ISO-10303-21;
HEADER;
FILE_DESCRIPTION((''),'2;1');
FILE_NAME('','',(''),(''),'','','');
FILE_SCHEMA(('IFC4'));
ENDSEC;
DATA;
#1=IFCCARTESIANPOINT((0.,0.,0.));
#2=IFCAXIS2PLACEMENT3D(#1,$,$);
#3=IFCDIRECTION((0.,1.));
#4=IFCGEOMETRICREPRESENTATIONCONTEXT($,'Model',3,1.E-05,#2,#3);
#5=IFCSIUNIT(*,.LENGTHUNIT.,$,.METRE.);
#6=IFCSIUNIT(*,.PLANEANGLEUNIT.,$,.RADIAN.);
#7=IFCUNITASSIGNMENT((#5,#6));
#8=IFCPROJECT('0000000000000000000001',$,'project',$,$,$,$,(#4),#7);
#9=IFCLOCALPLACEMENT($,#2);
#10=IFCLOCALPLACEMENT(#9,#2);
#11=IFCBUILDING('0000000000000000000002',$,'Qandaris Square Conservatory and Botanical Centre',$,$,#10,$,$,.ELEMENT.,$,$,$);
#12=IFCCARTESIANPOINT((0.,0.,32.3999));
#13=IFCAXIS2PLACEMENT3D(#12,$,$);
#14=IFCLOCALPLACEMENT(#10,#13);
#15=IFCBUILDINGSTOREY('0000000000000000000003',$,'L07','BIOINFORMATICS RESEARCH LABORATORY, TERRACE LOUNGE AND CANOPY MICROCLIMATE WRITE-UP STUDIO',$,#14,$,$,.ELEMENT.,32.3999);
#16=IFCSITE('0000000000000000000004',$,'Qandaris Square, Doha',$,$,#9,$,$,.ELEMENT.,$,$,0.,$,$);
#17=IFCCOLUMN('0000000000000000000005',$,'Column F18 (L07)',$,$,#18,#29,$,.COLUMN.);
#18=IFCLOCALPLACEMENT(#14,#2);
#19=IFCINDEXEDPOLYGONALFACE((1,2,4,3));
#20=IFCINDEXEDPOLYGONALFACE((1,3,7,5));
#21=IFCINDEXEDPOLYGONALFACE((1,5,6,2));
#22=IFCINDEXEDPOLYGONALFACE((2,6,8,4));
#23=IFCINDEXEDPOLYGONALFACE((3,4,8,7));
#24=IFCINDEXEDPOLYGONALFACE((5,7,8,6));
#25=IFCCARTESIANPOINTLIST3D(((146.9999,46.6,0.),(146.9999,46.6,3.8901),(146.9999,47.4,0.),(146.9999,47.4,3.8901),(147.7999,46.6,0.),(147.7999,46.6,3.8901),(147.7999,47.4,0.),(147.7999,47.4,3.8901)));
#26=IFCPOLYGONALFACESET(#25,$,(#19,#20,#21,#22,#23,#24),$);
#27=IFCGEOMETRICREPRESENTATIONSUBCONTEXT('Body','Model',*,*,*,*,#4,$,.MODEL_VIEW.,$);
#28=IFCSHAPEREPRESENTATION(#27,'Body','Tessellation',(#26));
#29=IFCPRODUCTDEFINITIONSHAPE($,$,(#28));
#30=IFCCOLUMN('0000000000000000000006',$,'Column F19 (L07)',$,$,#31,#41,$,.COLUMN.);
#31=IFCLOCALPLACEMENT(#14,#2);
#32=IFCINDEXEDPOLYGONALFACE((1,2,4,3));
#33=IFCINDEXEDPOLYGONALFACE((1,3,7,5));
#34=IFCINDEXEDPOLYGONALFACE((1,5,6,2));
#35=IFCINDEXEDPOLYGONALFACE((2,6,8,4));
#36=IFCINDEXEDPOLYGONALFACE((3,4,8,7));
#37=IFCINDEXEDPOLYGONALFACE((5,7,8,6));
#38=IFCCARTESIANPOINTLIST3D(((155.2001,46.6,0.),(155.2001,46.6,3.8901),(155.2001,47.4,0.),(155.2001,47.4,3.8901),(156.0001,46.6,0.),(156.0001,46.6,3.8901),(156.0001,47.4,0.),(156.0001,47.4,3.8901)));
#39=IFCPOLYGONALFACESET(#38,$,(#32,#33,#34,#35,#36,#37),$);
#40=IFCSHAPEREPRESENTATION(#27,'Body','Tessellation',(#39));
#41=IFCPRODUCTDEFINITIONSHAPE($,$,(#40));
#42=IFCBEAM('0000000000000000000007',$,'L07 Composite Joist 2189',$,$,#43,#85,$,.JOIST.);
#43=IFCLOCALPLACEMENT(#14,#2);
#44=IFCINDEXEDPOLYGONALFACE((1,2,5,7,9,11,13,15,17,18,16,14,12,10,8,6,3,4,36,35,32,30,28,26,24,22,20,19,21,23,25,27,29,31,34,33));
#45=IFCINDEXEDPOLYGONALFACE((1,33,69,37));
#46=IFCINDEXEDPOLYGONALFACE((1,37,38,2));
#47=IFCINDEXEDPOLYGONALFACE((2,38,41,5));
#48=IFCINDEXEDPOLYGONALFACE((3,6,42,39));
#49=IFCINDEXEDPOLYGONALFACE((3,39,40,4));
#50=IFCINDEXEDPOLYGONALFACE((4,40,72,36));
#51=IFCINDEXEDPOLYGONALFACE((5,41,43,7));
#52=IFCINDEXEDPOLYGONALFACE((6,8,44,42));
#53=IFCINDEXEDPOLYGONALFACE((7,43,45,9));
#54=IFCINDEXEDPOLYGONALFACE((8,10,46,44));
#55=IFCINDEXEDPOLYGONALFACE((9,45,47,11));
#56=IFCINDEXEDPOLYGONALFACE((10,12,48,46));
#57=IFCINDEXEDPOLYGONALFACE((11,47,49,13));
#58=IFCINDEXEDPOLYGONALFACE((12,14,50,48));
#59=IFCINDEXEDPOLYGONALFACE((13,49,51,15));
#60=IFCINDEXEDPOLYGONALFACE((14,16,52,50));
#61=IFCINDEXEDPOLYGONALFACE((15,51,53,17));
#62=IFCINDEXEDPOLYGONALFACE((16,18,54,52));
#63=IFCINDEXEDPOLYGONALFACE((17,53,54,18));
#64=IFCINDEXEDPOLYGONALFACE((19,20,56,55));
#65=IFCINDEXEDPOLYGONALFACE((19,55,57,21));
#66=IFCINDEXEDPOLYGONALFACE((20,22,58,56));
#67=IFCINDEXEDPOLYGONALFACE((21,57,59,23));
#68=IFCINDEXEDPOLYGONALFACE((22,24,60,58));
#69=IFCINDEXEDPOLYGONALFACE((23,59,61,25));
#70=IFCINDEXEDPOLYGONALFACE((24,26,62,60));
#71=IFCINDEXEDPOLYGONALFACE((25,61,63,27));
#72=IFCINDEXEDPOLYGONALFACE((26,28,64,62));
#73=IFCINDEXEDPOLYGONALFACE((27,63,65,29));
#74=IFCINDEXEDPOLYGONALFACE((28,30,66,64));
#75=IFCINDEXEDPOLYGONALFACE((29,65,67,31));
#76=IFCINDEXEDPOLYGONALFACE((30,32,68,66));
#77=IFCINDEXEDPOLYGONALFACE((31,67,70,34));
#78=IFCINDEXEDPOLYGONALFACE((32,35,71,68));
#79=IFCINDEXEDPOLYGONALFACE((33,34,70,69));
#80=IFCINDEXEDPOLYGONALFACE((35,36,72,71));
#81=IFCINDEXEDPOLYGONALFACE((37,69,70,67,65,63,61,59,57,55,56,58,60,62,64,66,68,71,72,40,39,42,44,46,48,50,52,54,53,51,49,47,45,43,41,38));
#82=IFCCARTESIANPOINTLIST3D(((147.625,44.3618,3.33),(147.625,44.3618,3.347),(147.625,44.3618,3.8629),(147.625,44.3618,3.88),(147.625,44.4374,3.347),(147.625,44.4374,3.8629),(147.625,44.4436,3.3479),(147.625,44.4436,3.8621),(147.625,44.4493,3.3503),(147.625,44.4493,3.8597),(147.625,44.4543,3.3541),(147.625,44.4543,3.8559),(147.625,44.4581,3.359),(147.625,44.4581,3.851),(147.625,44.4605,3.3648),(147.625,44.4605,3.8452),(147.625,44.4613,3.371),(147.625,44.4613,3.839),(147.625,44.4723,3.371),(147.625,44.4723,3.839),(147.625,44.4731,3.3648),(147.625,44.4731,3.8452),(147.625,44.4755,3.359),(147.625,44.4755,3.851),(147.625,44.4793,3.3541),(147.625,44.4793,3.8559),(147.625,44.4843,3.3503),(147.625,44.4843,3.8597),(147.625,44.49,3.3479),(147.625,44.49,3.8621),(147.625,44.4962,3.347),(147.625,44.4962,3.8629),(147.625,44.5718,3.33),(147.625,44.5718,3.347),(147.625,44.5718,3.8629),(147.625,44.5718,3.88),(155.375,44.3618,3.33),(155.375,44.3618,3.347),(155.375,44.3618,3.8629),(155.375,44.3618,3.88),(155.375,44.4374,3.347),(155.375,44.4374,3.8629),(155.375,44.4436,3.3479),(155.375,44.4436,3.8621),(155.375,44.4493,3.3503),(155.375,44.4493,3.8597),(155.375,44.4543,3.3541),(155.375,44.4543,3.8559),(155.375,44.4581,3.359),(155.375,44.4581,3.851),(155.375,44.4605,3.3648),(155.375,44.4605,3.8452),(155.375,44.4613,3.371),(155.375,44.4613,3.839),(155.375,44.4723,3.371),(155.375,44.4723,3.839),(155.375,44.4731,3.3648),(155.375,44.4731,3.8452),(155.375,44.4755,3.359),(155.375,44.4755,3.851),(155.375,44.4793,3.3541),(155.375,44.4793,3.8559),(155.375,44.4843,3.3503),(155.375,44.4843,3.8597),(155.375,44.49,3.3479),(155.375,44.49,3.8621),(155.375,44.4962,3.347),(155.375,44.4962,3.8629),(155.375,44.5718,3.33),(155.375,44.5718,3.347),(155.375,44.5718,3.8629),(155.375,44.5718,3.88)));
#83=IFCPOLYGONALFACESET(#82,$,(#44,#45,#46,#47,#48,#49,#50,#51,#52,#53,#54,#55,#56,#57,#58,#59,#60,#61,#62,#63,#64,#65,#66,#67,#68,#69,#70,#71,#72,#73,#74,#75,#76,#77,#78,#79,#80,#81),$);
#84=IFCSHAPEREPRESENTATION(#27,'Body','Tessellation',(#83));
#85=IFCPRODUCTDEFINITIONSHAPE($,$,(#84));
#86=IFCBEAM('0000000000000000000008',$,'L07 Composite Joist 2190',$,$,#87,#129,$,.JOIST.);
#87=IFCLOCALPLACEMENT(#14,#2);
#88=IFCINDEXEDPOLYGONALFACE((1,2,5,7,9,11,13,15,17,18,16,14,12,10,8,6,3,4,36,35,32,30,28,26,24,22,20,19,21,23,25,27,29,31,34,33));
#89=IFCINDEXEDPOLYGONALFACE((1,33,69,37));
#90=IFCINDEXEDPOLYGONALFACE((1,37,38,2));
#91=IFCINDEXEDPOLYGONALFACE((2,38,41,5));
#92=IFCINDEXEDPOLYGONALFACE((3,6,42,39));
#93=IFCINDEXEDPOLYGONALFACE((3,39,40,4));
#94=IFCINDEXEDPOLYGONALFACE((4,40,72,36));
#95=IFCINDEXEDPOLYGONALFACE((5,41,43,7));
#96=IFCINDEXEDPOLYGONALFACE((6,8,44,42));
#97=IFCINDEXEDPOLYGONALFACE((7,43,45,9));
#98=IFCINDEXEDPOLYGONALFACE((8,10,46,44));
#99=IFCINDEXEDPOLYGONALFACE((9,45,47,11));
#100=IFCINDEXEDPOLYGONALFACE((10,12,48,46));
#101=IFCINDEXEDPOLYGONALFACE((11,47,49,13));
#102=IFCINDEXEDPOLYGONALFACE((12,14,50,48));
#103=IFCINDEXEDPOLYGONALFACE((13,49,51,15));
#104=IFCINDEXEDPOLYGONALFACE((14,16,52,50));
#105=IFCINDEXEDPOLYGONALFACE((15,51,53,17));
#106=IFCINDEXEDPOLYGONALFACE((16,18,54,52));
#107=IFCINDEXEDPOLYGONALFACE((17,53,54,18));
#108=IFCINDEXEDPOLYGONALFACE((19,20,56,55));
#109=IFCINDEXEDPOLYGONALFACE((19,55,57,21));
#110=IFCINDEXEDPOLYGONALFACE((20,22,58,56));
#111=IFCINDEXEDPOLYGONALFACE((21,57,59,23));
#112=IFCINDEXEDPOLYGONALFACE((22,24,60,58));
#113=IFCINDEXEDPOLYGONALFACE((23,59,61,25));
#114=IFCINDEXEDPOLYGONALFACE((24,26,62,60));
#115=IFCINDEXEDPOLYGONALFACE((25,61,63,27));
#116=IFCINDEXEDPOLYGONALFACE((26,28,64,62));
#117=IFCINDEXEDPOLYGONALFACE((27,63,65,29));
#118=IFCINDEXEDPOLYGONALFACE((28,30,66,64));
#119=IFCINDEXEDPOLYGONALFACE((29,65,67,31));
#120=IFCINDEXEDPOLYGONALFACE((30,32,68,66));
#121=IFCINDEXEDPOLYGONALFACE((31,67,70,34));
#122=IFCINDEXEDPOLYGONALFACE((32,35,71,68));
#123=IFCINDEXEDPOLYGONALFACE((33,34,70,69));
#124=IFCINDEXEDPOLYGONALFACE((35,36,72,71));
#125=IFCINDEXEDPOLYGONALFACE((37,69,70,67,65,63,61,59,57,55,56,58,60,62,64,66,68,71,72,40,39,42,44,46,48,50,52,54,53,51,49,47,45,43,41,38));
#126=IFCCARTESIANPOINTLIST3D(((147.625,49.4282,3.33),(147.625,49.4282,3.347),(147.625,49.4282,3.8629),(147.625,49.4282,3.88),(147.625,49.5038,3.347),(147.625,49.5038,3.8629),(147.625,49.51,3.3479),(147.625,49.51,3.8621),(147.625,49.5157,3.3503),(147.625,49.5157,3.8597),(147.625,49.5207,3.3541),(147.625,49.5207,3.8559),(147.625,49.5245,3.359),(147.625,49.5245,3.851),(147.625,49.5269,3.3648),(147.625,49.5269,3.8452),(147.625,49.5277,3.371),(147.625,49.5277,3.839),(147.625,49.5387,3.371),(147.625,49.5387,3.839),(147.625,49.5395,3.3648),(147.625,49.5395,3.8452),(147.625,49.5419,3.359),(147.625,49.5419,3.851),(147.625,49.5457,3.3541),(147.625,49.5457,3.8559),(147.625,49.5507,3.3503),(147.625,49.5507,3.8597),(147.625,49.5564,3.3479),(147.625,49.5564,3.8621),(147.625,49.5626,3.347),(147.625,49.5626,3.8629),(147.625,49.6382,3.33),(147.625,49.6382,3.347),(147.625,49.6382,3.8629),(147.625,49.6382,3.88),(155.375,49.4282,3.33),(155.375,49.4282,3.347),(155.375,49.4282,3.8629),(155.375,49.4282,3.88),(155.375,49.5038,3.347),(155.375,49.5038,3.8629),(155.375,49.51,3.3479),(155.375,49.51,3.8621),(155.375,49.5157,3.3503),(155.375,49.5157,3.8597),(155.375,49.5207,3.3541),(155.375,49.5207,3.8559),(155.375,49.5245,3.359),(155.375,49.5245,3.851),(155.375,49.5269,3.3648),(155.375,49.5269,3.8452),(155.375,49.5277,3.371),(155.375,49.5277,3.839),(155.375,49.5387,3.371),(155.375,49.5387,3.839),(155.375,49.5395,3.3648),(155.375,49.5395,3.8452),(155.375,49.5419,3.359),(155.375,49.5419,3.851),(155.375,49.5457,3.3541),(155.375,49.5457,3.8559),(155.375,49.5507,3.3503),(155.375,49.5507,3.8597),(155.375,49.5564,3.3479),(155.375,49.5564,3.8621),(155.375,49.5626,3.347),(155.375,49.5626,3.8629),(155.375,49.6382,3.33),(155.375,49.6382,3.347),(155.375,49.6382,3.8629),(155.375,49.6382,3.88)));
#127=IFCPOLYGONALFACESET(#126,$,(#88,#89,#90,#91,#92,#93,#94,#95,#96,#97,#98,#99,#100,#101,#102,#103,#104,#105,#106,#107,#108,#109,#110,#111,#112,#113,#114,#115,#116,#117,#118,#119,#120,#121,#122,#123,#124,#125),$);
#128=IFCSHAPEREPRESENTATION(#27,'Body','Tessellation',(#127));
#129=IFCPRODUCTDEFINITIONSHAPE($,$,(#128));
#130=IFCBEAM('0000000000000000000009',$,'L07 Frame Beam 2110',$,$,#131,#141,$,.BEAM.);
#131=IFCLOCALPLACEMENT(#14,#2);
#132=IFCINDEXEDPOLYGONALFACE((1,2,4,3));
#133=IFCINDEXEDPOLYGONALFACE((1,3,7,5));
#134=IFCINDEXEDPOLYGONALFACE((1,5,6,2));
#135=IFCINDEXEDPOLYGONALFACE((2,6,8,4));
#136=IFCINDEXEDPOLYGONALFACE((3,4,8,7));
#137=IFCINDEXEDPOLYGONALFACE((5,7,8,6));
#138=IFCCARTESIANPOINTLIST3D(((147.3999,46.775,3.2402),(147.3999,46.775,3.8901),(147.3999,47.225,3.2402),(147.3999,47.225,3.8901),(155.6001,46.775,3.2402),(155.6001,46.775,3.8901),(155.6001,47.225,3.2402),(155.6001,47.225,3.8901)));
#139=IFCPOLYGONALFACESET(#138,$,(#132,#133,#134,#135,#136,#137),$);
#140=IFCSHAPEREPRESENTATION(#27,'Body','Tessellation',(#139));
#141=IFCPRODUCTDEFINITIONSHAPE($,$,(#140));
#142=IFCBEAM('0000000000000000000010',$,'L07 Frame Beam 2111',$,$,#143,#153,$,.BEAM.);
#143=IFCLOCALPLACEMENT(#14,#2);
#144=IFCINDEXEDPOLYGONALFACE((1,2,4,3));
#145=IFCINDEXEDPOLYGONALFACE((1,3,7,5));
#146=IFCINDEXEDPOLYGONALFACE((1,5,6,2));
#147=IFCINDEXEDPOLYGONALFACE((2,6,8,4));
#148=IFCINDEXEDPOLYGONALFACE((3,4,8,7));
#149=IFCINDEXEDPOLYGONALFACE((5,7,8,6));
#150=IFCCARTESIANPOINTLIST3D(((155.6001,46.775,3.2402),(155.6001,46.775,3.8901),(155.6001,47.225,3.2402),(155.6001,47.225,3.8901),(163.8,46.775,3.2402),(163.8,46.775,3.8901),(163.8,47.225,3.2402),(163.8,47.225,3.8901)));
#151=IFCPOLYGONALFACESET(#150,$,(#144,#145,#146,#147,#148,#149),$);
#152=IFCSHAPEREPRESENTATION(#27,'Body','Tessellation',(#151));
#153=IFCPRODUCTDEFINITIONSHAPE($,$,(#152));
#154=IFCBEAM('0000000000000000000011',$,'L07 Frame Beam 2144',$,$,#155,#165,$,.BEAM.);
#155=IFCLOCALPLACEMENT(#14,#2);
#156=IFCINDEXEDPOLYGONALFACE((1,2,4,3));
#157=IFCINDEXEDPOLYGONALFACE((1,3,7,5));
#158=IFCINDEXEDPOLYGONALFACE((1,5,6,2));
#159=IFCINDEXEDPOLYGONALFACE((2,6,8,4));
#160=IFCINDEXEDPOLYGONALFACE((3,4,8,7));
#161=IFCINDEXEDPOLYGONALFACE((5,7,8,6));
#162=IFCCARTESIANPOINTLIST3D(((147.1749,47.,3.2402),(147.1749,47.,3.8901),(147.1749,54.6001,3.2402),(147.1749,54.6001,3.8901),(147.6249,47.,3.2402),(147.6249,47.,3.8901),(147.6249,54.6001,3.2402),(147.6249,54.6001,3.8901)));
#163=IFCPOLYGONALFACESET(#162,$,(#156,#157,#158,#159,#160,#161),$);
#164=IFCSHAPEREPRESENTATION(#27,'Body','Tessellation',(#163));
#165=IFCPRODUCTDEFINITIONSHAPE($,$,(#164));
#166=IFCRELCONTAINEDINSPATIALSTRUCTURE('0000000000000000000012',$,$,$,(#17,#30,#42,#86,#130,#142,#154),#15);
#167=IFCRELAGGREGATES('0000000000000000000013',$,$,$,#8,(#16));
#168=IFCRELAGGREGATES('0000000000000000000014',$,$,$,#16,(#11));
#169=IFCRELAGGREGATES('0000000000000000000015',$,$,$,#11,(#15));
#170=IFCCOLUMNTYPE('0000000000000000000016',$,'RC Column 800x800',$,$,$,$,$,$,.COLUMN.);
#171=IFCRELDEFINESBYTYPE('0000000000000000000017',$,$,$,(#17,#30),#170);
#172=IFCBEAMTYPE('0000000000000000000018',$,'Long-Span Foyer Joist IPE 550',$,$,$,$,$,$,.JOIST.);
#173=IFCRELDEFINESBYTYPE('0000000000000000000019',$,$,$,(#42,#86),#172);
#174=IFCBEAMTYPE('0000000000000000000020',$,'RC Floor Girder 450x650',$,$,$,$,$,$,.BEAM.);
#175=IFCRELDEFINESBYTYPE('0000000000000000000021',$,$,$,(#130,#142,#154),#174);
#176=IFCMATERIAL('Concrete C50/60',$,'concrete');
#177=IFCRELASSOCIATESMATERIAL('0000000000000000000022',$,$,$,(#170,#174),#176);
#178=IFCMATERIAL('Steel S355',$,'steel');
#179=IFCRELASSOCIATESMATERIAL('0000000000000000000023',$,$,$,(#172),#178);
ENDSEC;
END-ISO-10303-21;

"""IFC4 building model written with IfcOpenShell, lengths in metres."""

from ifc_helpers import new_model, si_unit, direction, frame, origin, origin_2d, place, context, subcontext, project, spatial, rectangle, i_section, extrude, material, material_profile, profile_set, type_object, element, save


model = new_model("IFC4")

# Units and contexts
model_context = context("Model", 3, precision=1e-05, world=origin(), true_north=direction((0.0, 1.0)))
body_context = subcontext(model_context, "Body", "Model", "MODEL_VIEW")
ifc_project = project(units=[si_unit("LENGTHUNIT", "METRE"), si_unit("PLANEANGLEUNIT", "RADIAN")], contexts=[model_context])

# Site, building, storey
site_placement = place(None, origin())
site = spatial("IfcSite", under=ifc_project, at=site_placement, Name="Qandaris Square, Doha", CompositionType="ELEMENT", RefElevation=0.0)
building_placement = place(site_placement, origin())
building = spatial("IfcBuilding", under=site, at=building_placement, Name="Qandaris Square Conservatory and Botanical Centre", CompositionType="ELEMENT")
storey_placement = place(building_placement, frame((0.0, 0.0, 32.3999)))
storey = spatial("IfcBuildingStorey", under=building, at=storey_placement, Name="L07", Description="BIOINFORMATICS RESEARCH LABORATORY, TERRACE LOUNGE AND CANOPY MICROCLIMATE WRITE-UP STUDIO", CompositionType="ELEMENT", Elevation=32.3999)

# Columns
ifc_material_1 = material(Name="Concrete C50/60", Category="concrete")
ifc_material_profile_1 = material_profile(ifc_material_1, rectangle(XDim=0.8, YDim=0.8, at=origin_2d()), Name="RC-COL 800x800")
ifc_profile_set_1 = profile_set([ifc_material_profile_1], Name="Concrete C50/60")
column_type = type_object("IfcColumnType", Name="RC Column 800x800", PredefinedType="COLUMN", material=ifc_profile_set_1)
for number, where, z_axis, x_axis, name in (
    (1, (147.3999, 47.0, 0.0), (0.0, 0.0, 1.0), (1.0, 0.0, 0.0), "Column F18 (L07)"),
    (2, (155.6001, 47.0, 0.0), (0.0, 0.0, 1.0), (1.0, 0.0, 0.0), "Column F19 (L07)"),
):
    element("IfcColumn", number, at=place(storey_placement, frame(where, z_axis=z_axis, x_axis=x_axis)), inside=storey, type_object=column_type, Name=name, PredefinedType="COLUMN", context=body_context, shape_type="SweptSolid", body=[
        extrude(rectangle(XDim=0.8, YDim=0.8, at=origin_2d()), origin(), (0.0, 0.0, 1.0), 3.8901),
    ])

# Beams
ifc_material_2 = material(Name="Steel S355", Category="steel")
ifc_material_profile_2 = material_profile(ifc_material_2, i_section(OverallWidth=0.21, OverallDepth=0.55, WebThickness=0.011, FlangeThickness=0.0171, FilletRadius=0.0239, at=origin_2d()), Name="IPE 550")
ifc_profile_set_2 = profile_set([ifc_material_profile_2], Name="Steel S355")
beam_type_1 = type_object("IfcBeamType", Name="Long-Span Foyer Joist IPE 550", PredefinedType="JOIST", material=ifc_profile_set_2)
for number, where, z_axis, x_axis, name in (
    (3, (147.625, 44.4668, 3.605), (1.0, 0.0, 0.0), (0.0, 1.0, 0.0), "L07 Composite Joist 2189"),
    (4, (147.625, 49.5332, 3.605), (1.0, 0.0, 0.0), (0.0, 1.0, 0.0), "L07 Composite Joist 2190"),
):
    element("IfcBeam", number, at=place(storey_placement, frame(where, z_axis=z_axis, x_axis=x_axis)), inside=storey, type_object=beam_type_1, Name=name, PredefinedType="JOIST", context=body_context, shape_type="SweptSolid", body=[
        extrude(i_section(OverallWidth=0.21, OverallDepth=0.55, WebThickness=0.011, FlangeThickness=0.0171, FilletRadius=0.0239, at=origin_2d()), origin(), (0.0, 0.0, 1.0), 7.75),
    ])
ifc_material_profile_3 = material_profile(ifc_material_1, rectangle(XDim=0.45, YDim=0.6499, at=origin_2d()), Name="RC-BM 450x650")
ifc_profile_set_3 = profile_set([ifc_material_profile_3], Name="Concrete C50/60")
beam_type_2 = type_object("IfcBeamType", Name="RC Floor Girder 450x650", PredefinedType="BEAM", material=ifc_profile_set_3)
beam_1_placement = place(storey_placement, frame((147.3999, 47.0, 3.5652), z_axis=(1.0, 0.0, 0.0), x_axis=(0.0, 1.0, 0.0)))
element("IfcBeam", 5, at=beam_1_placement, inside=storey, type_object=beam_type_2, Name="L07 Frame Beam 2110", PredefinedType="BEAM", context=body_context, shape_type="SweptSolid", body=[
    extrude(rectangle(XDim=0.45, YDim=0.6499, at=origin_2d()), origin(), (0.0, 0.0, 1.0), 8.2002),
])
beam_2_placement = place(storey_placement, frame((155.6001, 47.0, 3.5652), z_axis=(1.0, 0.0, 0.0), x_axis=(0.0, 1.0, 0.0)))
element("IfcBeam", 6, at=beam_2_placement, inside=storey, type_object=beam_type_2, Name="L07 Frame Beam 2111", PredefinedType="BEAM", context=body_context, shape_type="SweptSolid", body=[
    extrude(rectangle(XDim=0.45, YDim=0.6499, at=origin_2d()), origin(), (0.0, 0.0, 1.0), 8.2),
])
beam_3_placement = place(storey_placement, frame((147.3999, 47.0, 3.5652), z_axis=(0.0, 1.0, 0.0), x_axis=(-1.0, 0.0, 0.0)))
element("IfcBeam", 7, at=beam_3_placement, inside=storey, type_object=beam_type_2, Name="L07 Frame Beam 2144", PredefinedType="BEAM", context=body_context, shape_type="SweptSolid", body=[
    extrude(rectangle(XDim=0.45, YDim=0.6499, at=origin_2d()), origin(), (0.0, 0.0, 1.0), 7.6001),
])

save(model, "model.ifc")
